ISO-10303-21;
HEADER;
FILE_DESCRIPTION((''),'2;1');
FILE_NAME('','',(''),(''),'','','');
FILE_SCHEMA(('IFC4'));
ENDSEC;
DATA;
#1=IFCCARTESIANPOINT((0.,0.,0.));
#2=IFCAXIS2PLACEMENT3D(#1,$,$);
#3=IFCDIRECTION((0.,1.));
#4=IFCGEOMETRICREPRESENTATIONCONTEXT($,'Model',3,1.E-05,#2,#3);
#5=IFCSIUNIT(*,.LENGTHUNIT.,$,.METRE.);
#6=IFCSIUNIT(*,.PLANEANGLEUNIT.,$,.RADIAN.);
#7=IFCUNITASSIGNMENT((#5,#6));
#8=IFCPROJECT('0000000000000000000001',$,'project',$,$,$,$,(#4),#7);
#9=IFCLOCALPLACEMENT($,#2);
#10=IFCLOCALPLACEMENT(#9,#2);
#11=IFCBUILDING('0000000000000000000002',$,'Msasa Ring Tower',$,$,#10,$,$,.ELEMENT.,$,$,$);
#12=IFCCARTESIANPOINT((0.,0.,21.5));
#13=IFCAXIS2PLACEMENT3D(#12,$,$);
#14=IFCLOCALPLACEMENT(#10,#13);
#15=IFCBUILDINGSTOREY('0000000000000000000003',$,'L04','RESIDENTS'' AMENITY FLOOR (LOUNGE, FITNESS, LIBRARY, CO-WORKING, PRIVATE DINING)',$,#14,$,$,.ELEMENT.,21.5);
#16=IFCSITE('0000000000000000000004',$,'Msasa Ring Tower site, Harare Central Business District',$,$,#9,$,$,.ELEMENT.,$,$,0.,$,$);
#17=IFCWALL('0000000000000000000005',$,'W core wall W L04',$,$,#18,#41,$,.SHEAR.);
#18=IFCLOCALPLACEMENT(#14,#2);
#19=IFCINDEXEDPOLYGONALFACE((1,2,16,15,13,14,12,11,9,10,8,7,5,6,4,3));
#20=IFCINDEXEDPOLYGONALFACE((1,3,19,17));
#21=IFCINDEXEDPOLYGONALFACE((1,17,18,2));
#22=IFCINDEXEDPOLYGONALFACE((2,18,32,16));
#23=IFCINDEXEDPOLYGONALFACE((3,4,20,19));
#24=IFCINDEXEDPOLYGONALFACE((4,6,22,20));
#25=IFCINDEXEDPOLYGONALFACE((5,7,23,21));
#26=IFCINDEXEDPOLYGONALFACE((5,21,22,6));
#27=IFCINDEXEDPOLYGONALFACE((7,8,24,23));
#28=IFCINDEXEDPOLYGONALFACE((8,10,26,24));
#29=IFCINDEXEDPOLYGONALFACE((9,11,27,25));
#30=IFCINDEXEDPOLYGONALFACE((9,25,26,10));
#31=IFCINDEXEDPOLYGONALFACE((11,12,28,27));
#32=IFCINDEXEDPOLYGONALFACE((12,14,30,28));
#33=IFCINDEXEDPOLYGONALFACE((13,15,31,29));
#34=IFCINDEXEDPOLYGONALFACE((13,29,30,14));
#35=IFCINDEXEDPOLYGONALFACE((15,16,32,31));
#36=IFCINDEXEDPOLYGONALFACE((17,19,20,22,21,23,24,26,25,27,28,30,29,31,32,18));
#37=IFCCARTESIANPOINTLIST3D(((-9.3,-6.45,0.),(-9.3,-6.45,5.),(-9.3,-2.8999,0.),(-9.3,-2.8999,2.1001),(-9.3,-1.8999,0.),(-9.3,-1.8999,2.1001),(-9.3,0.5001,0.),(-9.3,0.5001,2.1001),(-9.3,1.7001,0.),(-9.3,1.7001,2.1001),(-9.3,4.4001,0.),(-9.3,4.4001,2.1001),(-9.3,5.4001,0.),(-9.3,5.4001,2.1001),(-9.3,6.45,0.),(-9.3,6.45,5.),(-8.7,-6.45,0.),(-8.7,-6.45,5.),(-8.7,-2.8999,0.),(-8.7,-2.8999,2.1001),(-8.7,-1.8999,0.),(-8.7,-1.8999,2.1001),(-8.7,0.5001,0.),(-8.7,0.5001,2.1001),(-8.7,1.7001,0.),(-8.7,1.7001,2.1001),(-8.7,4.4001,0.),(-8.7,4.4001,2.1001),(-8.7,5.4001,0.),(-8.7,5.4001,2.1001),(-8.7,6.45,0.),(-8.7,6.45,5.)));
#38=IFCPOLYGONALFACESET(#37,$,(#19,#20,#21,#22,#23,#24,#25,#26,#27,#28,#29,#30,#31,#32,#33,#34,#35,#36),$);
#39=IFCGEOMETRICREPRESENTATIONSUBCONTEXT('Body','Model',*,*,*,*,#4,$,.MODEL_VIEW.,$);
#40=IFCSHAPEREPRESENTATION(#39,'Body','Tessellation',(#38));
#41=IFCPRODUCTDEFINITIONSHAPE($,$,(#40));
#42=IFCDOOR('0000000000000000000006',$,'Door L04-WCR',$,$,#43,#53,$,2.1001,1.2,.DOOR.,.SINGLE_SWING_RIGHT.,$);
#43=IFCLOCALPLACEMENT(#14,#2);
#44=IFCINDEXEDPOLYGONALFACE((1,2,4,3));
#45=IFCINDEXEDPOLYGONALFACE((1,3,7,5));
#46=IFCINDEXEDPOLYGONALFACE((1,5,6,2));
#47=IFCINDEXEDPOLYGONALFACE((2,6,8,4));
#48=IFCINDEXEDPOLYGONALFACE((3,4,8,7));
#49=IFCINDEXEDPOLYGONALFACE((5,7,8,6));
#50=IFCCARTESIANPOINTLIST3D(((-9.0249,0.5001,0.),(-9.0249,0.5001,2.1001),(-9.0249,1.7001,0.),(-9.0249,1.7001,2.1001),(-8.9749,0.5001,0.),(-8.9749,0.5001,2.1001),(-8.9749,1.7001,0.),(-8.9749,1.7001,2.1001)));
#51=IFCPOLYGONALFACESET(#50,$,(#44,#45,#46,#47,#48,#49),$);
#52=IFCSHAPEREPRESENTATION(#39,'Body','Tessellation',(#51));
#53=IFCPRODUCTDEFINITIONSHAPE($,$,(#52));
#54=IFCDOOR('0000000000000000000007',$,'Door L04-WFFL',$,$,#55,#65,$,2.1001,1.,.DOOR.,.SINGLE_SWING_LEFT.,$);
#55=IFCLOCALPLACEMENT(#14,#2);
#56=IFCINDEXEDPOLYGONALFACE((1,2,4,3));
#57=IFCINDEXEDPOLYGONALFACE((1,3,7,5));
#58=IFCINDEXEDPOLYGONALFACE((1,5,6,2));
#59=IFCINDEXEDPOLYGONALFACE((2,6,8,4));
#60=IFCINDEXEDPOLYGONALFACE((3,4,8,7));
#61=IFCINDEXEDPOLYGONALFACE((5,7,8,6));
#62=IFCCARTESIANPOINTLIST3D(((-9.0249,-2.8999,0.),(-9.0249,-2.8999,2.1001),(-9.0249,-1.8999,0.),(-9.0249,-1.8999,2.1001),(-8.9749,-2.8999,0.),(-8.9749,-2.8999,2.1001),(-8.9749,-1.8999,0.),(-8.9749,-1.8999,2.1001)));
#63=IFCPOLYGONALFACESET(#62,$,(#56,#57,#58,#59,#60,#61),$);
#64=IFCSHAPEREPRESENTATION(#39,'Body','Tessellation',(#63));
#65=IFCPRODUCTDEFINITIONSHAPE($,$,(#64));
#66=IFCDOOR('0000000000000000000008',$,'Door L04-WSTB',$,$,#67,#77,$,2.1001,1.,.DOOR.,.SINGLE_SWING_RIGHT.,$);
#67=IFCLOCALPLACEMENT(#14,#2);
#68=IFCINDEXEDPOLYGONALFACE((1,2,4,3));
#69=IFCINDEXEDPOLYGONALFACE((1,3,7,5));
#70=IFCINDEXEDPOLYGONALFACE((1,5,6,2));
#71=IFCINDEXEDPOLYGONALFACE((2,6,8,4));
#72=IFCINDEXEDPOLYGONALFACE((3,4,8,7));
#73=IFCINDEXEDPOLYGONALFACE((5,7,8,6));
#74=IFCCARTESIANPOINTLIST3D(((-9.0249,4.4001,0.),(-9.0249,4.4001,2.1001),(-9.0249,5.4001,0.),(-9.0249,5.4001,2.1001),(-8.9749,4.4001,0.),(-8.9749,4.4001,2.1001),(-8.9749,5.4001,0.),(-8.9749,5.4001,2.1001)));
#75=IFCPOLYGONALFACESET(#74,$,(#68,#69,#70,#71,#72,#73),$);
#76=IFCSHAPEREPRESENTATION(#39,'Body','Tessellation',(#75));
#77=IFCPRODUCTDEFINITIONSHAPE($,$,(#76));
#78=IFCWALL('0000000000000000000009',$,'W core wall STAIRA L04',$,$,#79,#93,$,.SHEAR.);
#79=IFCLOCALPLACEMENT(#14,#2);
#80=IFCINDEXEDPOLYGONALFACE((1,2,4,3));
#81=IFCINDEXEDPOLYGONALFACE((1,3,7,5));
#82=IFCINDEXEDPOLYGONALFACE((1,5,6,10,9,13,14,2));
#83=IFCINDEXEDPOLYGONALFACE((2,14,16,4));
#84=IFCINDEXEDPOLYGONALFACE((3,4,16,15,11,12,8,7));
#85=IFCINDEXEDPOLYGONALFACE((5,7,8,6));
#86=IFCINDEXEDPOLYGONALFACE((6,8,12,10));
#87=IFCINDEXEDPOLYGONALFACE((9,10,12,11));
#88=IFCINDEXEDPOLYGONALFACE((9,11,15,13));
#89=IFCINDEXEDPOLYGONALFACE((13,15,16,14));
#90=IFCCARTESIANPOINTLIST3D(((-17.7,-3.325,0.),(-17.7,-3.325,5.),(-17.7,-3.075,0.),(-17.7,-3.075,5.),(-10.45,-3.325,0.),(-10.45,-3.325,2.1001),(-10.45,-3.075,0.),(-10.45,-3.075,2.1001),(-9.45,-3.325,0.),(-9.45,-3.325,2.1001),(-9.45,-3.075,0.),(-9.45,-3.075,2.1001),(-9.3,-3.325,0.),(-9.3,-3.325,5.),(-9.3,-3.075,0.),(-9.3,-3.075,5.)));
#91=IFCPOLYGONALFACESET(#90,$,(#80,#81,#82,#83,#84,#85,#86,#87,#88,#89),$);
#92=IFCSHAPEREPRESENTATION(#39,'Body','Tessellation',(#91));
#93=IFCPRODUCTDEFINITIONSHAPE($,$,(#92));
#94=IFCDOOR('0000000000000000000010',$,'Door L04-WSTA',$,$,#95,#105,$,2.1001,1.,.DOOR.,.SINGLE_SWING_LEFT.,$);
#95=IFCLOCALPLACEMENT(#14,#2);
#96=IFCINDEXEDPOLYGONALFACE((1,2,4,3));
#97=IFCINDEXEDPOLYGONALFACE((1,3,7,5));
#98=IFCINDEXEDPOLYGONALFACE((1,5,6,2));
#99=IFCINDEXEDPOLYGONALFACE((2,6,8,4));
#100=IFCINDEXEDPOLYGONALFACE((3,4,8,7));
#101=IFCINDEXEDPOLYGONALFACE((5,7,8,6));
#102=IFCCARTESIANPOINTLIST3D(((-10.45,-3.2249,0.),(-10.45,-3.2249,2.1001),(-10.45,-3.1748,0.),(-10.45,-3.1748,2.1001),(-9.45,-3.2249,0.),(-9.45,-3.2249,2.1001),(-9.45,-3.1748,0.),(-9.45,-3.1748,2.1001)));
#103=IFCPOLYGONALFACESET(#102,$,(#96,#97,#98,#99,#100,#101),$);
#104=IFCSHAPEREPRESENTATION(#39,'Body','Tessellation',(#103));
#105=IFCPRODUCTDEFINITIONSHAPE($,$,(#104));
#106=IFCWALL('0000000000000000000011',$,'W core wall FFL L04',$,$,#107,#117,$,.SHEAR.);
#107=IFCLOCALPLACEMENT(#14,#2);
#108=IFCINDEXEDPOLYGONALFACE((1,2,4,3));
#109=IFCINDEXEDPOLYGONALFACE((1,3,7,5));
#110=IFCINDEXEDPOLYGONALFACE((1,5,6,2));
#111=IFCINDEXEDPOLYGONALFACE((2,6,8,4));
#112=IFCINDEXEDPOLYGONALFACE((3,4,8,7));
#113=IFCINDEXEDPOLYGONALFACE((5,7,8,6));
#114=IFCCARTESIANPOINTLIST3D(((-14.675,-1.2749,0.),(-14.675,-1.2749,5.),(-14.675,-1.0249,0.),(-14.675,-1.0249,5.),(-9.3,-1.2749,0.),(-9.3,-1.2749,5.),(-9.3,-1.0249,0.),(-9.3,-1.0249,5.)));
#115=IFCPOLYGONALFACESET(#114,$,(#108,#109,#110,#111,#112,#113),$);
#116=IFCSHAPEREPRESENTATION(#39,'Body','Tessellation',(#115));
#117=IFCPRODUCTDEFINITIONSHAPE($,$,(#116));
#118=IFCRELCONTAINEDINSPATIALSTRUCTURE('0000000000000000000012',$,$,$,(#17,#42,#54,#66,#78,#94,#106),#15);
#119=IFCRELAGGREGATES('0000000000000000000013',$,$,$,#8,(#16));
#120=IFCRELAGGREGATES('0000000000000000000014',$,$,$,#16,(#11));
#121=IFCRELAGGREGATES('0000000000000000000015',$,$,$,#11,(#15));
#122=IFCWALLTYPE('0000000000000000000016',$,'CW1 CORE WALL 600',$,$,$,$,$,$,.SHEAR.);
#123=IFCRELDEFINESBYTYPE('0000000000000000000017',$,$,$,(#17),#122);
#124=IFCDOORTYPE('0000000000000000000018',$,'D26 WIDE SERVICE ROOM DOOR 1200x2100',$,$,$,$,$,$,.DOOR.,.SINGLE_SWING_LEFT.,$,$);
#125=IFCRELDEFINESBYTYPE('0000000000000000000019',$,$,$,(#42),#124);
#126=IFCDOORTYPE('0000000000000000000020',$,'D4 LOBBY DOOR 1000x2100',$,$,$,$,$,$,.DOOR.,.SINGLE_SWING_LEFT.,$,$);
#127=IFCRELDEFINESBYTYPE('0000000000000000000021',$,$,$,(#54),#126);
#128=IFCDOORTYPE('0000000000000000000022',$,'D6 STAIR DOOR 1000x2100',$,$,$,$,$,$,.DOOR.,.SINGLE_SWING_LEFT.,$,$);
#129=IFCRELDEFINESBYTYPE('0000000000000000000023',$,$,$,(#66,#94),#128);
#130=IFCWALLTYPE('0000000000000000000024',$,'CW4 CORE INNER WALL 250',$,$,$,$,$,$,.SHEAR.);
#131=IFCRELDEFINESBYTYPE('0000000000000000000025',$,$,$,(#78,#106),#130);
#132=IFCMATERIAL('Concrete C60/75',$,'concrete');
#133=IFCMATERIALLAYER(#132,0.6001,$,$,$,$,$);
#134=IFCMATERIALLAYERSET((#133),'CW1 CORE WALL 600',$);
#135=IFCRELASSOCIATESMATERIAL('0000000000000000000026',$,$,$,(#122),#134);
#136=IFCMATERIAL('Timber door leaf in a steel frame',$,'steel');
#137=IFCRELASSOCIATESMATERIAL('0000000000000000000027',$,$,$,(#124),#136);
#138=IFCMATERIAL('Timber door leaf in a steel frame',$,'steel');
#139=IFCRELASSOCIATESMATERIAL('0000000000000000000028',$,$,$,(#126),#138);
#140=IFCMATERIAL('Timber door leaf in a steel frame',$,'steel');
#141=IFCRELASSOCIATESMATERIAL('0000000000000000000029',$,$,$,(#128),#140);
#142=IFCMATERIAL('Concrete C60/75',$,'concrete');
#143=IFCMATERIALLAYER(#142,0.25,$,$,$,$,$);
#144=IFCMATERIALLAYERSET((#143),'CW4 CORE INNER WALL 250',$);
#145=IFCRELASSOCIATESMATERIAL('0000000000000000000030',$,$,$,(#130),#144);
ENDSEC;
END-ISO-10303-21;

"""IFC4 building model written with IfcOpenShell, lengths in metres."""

from ifc_helpers import new_model, si_unit, direction, frame, frame_2d, origin, place, context, subcontext, project, spatial, rectangle, extrude, material, layer, layer_set, type_object, element, fill, save


model = new_model("IFC4")

# Units and contexts
model_context = context("Model", 3, precision=1e-05, world=origin(), true_north=direction((0.0, 1.0)))
body_context = subcontext(model_context, "Body", "Model", "MODEL_VIEW")
ifc_project = project(units=[si_unit("LENGTHUNIT", "METRE"), si_unit("PLANEANGLEUNIT", "RADIAN")], contexts=[model_context])

# Site, building, storey
site_placement = place(None, origin())
site = spatial("IfcSite", under=ifc_project, at=site_placement, Name="Msasa Ring Tower site, Harare Central Business District", CompositionType="ELEMENT", RefElevation=0.0)
building_placement = place(site_placement, origin())
building = spatial("IfcBuilding", under=site, at=building_placement, Name="Msasa Ring Tower", CompositionType="ELEMENT")
storey_placement = place(building_placement, frame((0.0, 0.0, 21.5)))
storey = spatial("IfcBuildingStorey", under=building, at=storey_placement, Name="L04", Description="RESIDENTS' AMENITY FLOOR (LOUNGE, FITNESS, LIBRARY, CO-WORKING, PRIVATE DINING)", CompositionType="ELEMENT", Elevation=21.5)

# Shared definitions
ifc_material_1 = material(Name="Concrete C60/75", Category="concrete")
ifc_layer_1 = layer(ifc_material_1, 0.6001)
ifc_layer_set_1 = layer_set([ifc_layer_1], Name="CW1 CORE WALL 600")
wall_type_1 = type_object("IfcWallType", Name="CW1 CORE WALL 600", PredefinedType="SHEAR", material=ifc_layer_set_1)

# Wall, openings, doors
wall_1_placement = place(storey_placement, frame((-9.0, -6.45, 0.0), z_axis=(0.0, 0.0, 1.0), x_axis=(0.0, 1.0, 0.0)))
wall_1 = element("IfcWall", 1, at=wall_1_placement, inside=storey, type_object=wall_type_1, Name="W core wall W L04", PredefinedType="SHEAR", context=body_context, shape_type="SweptSolid", body=[
    extrude(rectangle(XDim=12.8999, YDim=0.6001, at=frame_2d((6.45, 0.0))), origin(), (0.0, 0.0, 1.0), 5.0),
])
opening_1_placement = place(wall_1_placement, frame((3.55, 0.0, 0.0)))
opening_1 = element("IfcOpeningElement", 2, at=opening_1_placement, cuts=wall_1, PredefinedType="OPENING", context=body_context, shape_type="SweptSolid", body=[
    extrude(rectangle(XDim=1.0, YDim=2.1001, at=frame_2d((0.5, 1.05))), frame((0.0, 0.3101, 0.0), z_axis=(0.0, -1.0, 0.0), x_axis=(1.0, 0.0, 0.0)), (0.0, 0.0, 1.0), 0.6201),
])
opening_2_placement = place(wall_1_placement, frame((6.95, 0.0, 0.0)))
opening_2 = element("IfcOpeningElement", 3, at=opening_2_placement, cuts=wall_1, PredefinedType="OPENING", context=body_context, shape_type="SweptSolid", body=[
    extrude(rectangle(XDim=1.2, YDim=2.1001, at=frame_2d((0.6001, 1.05))), frame((0.0, 0.3101, 0.0), z_axis=(0.0, -1.0, 0.0), x_axis=(1.0, 0.0, 0.0)), (0.0, 0.0, 1.0), 0.6201),
])
opening_3_placement = place(wall_1_placement, frame((10.8501, 0.0, 0.0)))
opening_3 = element("IfcOpeningElement", 4, at=opening_3_placement, cuts=wall_1, PredefinedType="OPENING", context=body_context, shape_type="SweptSolid", body=[
    extrude(rectangle(XDim=1.0, YDim=2.1001, at=frame_2d((0.5, 1.05))), frame((0.0, 0.3101, 0.0), z_axis=(0.0, -1.0, 0.0), x_axis=(1.0, 0.0, 0.0)), (0.0, 0.0, 1.0), 0.6201),
])
ifc_material_2 = material(Name="Timber door leaf in a steel frame", Category="steel")
door_type_1 = type_object("IfcDoorType", Name="D26 WIDE SERVICE ROOM DOOR 1200x2100", OperationType="SINGLE_SWING_LEFT", PredefinedType="DOOR", material=ifc_material_2)
door_1_placement = place(opening_2_placement, origin())
door_1 = element("IfcDoor", 5, at=door_1_placement, inside=storey, type_object=door_type_1, Name="Door L04-WCR", OperationType="SINGLE_SWING_RIGHT", OverallHeight=2.1001, OverallWidth=1.2, PredefinedType="DOOR", context=body_context, shape_type="SweptSolid", body=[
    extrude(rectangle(XDim=1.2, YDim=2.1001, at=frame_2d((0.6001, 1.05))), frame((0.0, 0.0249, 0.0), z_axis=(0.0, -1.0, 0.0), x_axis=(1.0, 0.0, 0.0)), (0.0, 0.0, 1.0), 0.05),
])
fill(opening_2, door_1)
ifc_material_3 = material(Name="Timber door leaf in a steel frame", Category="steel")
door_type_2 = type_object("IfcDoorType", Name="D4 LOBBY DOOR 1000x2100", OperationType="SINGLE_SWING_LEFT", PredefinedType="DOOR", material=ifc_material_3)
door_2_placement = place(opening_1_placement, origin())
door_2 = element("IfcDoor", 6, at=door_2_placement, inside=storey, type_object=door_type_2, Name="Door L04-WFFL", OperationType="SINGLE_SWING_LEFT", OverallHeight=2.1001, OverallWidth=1.0, PredefinedType="DOOR", context=body_context, shape_type="SweptSolid", body=[
    extrude(rectangle(XDim=1.0, YDim=2.1001, at=frame_2d((0.5, 1.05))), frame((0.0, 0.0249, 0.0), z_axis=(0.0, -1.0, 0.0), x_axis=(1.0, 0.0, 0.0)), (0.0, 0.0, 1.0), 0.05),
])
fill(opening_1, door_2)
ifc_material_4 = material(Name="Timber door leaf in a steel frame", Category="steel")
door_type_3 = type_object("IfcDoorType", Name="D6 STAIR DOOR 1000x2100", OperationType="SINGLE_SWING_LEFT", PredefinedType="DOOR", material=ifc_material_4)
door_3_placement = place(opening_3_placement, origin())
door_3 = element("IfcDoor", 7, at=door_3_placement, inside=storey, type_object=door_type_3, Name="Door L04-WSTB", OperationType="SINGLE_SWING_RIGHT", OverallHeight=2.1001, OverallWidth=1.0, PredefinedType="DOOR", context=body_context, shape_type="SweptSolid", body=[
    extrude(rectangle(XDim=1.0, YDim=2.1001, at=frame_2d((0.5, 1.05))), frame((0.0, 0.0249, 0.0), z_axis=(0.0, -1.0, 0.0), x_axis=(1.0, 0.0, 0.0)), (0.0, 0.0, 1.0), 0.05),
])
fill(opening_3, door_3)

# Wall, opening, door
ifc_material_5 = material(Name="Concrete C60/75", Category="concrete")
ifc_layer_2 = layer(ifc_material_5, 0.25)
ifc_layer_set_2 = layer_set([ifc_layer_2], Name="CW4 CORE INNER WALL 250")
wall_type_2 = type_object("IfcWallType", Name="CW4 CORE INNER WALL 250", PredefinedType="SHEAR", material=ifc_layer_set_2)
wall_2_placement = place(storey_placement, frame((-9.3, -3.2, 0.0), z_axis=(0.0, 0.0, 1.0), x_axis=(-1.0, 0.0, 0.0)))
wall_2 = element("IfcWall", 8, at=wall_2_placement, inside=storey, type_object=wall_type_2, Name="W core wall STAIRA L04", PredefinedType="SHEAR", context=body_context, shape_type="SweptSolid", body=[
    extrude(rectangle(XDim=8.3999, YDim=0.25, at=frame_2d((4.2, 0.0))), origin(), (0.0, 0.0, 1.0), 5.0),
])
opening_4_placement = place(wall_2_placement, frame((0.1499, 0.0, 0.0)))
opening_4 = element("IfcOpeningElement", 9, at=opening_4_placement, cuts=wall_2, PredefinedType="OPENING", context=body_context, shape_type="SweptSolid", body=[
    extrude(rectangle(XDim=1.0, YDim=2.1001, at=frame_2d((0.5, 1.05))), frame((0.0, 0.135, 0.0), z_axis=(0.0, -1.0, 0.0), x_axis=(1.0, 0.0, 0.0)), (0.0, 0.0, 1.0), 0.27),
])
door_4_placement = place(opening_4_placement, origin())
door_4 = element("IfcDoor", 10, at=door_4_placement, inside=storey, type_object=door_type_3, Name="Door L04-WSTA", OperationType="SINGLE_SWING_LEFT", OverallHeight=2.1001, OverallWidth=1.0, PredefinedType="DOOR", context=body_context, shape_type="SweptSolid", body=[
    extrude(rectangle(XDim=1.0, YDim=2.1001, at=frame_2d((0.5, 1.05))), frame((0.0, 0.0249, 0.0), z_axis=(0.0, -1.0, 0.0), x_axis=(1.0, 0.0, 0.0)), (0.0, 0.0, 1.0), 0.05),
])
fill(opening_4, door_4)

# Wall
wall_3_placement = place(storey_placement, frame((-9.3, -1.1499, 0.0), z_axis=(0.0, 0.0, 1.0), x_axis=(-1.0, 0.0, 0.0)))
element("IfcWall", 11, at=wall_3_placement, inside=storey, type_object=wall_type_2, Name="W core wall FFL L04", PredefinedType="SHEAR", context=body_context, shape_type="SweptSolid", body=[
    extrude(rectangle(XDim=5.375, YDim=0.25, at=frame_2d((2.6875, 0.0))), origin(), (0.0, 0.0, 1.0), 5.0),
])

save(model, "model.ifc")
